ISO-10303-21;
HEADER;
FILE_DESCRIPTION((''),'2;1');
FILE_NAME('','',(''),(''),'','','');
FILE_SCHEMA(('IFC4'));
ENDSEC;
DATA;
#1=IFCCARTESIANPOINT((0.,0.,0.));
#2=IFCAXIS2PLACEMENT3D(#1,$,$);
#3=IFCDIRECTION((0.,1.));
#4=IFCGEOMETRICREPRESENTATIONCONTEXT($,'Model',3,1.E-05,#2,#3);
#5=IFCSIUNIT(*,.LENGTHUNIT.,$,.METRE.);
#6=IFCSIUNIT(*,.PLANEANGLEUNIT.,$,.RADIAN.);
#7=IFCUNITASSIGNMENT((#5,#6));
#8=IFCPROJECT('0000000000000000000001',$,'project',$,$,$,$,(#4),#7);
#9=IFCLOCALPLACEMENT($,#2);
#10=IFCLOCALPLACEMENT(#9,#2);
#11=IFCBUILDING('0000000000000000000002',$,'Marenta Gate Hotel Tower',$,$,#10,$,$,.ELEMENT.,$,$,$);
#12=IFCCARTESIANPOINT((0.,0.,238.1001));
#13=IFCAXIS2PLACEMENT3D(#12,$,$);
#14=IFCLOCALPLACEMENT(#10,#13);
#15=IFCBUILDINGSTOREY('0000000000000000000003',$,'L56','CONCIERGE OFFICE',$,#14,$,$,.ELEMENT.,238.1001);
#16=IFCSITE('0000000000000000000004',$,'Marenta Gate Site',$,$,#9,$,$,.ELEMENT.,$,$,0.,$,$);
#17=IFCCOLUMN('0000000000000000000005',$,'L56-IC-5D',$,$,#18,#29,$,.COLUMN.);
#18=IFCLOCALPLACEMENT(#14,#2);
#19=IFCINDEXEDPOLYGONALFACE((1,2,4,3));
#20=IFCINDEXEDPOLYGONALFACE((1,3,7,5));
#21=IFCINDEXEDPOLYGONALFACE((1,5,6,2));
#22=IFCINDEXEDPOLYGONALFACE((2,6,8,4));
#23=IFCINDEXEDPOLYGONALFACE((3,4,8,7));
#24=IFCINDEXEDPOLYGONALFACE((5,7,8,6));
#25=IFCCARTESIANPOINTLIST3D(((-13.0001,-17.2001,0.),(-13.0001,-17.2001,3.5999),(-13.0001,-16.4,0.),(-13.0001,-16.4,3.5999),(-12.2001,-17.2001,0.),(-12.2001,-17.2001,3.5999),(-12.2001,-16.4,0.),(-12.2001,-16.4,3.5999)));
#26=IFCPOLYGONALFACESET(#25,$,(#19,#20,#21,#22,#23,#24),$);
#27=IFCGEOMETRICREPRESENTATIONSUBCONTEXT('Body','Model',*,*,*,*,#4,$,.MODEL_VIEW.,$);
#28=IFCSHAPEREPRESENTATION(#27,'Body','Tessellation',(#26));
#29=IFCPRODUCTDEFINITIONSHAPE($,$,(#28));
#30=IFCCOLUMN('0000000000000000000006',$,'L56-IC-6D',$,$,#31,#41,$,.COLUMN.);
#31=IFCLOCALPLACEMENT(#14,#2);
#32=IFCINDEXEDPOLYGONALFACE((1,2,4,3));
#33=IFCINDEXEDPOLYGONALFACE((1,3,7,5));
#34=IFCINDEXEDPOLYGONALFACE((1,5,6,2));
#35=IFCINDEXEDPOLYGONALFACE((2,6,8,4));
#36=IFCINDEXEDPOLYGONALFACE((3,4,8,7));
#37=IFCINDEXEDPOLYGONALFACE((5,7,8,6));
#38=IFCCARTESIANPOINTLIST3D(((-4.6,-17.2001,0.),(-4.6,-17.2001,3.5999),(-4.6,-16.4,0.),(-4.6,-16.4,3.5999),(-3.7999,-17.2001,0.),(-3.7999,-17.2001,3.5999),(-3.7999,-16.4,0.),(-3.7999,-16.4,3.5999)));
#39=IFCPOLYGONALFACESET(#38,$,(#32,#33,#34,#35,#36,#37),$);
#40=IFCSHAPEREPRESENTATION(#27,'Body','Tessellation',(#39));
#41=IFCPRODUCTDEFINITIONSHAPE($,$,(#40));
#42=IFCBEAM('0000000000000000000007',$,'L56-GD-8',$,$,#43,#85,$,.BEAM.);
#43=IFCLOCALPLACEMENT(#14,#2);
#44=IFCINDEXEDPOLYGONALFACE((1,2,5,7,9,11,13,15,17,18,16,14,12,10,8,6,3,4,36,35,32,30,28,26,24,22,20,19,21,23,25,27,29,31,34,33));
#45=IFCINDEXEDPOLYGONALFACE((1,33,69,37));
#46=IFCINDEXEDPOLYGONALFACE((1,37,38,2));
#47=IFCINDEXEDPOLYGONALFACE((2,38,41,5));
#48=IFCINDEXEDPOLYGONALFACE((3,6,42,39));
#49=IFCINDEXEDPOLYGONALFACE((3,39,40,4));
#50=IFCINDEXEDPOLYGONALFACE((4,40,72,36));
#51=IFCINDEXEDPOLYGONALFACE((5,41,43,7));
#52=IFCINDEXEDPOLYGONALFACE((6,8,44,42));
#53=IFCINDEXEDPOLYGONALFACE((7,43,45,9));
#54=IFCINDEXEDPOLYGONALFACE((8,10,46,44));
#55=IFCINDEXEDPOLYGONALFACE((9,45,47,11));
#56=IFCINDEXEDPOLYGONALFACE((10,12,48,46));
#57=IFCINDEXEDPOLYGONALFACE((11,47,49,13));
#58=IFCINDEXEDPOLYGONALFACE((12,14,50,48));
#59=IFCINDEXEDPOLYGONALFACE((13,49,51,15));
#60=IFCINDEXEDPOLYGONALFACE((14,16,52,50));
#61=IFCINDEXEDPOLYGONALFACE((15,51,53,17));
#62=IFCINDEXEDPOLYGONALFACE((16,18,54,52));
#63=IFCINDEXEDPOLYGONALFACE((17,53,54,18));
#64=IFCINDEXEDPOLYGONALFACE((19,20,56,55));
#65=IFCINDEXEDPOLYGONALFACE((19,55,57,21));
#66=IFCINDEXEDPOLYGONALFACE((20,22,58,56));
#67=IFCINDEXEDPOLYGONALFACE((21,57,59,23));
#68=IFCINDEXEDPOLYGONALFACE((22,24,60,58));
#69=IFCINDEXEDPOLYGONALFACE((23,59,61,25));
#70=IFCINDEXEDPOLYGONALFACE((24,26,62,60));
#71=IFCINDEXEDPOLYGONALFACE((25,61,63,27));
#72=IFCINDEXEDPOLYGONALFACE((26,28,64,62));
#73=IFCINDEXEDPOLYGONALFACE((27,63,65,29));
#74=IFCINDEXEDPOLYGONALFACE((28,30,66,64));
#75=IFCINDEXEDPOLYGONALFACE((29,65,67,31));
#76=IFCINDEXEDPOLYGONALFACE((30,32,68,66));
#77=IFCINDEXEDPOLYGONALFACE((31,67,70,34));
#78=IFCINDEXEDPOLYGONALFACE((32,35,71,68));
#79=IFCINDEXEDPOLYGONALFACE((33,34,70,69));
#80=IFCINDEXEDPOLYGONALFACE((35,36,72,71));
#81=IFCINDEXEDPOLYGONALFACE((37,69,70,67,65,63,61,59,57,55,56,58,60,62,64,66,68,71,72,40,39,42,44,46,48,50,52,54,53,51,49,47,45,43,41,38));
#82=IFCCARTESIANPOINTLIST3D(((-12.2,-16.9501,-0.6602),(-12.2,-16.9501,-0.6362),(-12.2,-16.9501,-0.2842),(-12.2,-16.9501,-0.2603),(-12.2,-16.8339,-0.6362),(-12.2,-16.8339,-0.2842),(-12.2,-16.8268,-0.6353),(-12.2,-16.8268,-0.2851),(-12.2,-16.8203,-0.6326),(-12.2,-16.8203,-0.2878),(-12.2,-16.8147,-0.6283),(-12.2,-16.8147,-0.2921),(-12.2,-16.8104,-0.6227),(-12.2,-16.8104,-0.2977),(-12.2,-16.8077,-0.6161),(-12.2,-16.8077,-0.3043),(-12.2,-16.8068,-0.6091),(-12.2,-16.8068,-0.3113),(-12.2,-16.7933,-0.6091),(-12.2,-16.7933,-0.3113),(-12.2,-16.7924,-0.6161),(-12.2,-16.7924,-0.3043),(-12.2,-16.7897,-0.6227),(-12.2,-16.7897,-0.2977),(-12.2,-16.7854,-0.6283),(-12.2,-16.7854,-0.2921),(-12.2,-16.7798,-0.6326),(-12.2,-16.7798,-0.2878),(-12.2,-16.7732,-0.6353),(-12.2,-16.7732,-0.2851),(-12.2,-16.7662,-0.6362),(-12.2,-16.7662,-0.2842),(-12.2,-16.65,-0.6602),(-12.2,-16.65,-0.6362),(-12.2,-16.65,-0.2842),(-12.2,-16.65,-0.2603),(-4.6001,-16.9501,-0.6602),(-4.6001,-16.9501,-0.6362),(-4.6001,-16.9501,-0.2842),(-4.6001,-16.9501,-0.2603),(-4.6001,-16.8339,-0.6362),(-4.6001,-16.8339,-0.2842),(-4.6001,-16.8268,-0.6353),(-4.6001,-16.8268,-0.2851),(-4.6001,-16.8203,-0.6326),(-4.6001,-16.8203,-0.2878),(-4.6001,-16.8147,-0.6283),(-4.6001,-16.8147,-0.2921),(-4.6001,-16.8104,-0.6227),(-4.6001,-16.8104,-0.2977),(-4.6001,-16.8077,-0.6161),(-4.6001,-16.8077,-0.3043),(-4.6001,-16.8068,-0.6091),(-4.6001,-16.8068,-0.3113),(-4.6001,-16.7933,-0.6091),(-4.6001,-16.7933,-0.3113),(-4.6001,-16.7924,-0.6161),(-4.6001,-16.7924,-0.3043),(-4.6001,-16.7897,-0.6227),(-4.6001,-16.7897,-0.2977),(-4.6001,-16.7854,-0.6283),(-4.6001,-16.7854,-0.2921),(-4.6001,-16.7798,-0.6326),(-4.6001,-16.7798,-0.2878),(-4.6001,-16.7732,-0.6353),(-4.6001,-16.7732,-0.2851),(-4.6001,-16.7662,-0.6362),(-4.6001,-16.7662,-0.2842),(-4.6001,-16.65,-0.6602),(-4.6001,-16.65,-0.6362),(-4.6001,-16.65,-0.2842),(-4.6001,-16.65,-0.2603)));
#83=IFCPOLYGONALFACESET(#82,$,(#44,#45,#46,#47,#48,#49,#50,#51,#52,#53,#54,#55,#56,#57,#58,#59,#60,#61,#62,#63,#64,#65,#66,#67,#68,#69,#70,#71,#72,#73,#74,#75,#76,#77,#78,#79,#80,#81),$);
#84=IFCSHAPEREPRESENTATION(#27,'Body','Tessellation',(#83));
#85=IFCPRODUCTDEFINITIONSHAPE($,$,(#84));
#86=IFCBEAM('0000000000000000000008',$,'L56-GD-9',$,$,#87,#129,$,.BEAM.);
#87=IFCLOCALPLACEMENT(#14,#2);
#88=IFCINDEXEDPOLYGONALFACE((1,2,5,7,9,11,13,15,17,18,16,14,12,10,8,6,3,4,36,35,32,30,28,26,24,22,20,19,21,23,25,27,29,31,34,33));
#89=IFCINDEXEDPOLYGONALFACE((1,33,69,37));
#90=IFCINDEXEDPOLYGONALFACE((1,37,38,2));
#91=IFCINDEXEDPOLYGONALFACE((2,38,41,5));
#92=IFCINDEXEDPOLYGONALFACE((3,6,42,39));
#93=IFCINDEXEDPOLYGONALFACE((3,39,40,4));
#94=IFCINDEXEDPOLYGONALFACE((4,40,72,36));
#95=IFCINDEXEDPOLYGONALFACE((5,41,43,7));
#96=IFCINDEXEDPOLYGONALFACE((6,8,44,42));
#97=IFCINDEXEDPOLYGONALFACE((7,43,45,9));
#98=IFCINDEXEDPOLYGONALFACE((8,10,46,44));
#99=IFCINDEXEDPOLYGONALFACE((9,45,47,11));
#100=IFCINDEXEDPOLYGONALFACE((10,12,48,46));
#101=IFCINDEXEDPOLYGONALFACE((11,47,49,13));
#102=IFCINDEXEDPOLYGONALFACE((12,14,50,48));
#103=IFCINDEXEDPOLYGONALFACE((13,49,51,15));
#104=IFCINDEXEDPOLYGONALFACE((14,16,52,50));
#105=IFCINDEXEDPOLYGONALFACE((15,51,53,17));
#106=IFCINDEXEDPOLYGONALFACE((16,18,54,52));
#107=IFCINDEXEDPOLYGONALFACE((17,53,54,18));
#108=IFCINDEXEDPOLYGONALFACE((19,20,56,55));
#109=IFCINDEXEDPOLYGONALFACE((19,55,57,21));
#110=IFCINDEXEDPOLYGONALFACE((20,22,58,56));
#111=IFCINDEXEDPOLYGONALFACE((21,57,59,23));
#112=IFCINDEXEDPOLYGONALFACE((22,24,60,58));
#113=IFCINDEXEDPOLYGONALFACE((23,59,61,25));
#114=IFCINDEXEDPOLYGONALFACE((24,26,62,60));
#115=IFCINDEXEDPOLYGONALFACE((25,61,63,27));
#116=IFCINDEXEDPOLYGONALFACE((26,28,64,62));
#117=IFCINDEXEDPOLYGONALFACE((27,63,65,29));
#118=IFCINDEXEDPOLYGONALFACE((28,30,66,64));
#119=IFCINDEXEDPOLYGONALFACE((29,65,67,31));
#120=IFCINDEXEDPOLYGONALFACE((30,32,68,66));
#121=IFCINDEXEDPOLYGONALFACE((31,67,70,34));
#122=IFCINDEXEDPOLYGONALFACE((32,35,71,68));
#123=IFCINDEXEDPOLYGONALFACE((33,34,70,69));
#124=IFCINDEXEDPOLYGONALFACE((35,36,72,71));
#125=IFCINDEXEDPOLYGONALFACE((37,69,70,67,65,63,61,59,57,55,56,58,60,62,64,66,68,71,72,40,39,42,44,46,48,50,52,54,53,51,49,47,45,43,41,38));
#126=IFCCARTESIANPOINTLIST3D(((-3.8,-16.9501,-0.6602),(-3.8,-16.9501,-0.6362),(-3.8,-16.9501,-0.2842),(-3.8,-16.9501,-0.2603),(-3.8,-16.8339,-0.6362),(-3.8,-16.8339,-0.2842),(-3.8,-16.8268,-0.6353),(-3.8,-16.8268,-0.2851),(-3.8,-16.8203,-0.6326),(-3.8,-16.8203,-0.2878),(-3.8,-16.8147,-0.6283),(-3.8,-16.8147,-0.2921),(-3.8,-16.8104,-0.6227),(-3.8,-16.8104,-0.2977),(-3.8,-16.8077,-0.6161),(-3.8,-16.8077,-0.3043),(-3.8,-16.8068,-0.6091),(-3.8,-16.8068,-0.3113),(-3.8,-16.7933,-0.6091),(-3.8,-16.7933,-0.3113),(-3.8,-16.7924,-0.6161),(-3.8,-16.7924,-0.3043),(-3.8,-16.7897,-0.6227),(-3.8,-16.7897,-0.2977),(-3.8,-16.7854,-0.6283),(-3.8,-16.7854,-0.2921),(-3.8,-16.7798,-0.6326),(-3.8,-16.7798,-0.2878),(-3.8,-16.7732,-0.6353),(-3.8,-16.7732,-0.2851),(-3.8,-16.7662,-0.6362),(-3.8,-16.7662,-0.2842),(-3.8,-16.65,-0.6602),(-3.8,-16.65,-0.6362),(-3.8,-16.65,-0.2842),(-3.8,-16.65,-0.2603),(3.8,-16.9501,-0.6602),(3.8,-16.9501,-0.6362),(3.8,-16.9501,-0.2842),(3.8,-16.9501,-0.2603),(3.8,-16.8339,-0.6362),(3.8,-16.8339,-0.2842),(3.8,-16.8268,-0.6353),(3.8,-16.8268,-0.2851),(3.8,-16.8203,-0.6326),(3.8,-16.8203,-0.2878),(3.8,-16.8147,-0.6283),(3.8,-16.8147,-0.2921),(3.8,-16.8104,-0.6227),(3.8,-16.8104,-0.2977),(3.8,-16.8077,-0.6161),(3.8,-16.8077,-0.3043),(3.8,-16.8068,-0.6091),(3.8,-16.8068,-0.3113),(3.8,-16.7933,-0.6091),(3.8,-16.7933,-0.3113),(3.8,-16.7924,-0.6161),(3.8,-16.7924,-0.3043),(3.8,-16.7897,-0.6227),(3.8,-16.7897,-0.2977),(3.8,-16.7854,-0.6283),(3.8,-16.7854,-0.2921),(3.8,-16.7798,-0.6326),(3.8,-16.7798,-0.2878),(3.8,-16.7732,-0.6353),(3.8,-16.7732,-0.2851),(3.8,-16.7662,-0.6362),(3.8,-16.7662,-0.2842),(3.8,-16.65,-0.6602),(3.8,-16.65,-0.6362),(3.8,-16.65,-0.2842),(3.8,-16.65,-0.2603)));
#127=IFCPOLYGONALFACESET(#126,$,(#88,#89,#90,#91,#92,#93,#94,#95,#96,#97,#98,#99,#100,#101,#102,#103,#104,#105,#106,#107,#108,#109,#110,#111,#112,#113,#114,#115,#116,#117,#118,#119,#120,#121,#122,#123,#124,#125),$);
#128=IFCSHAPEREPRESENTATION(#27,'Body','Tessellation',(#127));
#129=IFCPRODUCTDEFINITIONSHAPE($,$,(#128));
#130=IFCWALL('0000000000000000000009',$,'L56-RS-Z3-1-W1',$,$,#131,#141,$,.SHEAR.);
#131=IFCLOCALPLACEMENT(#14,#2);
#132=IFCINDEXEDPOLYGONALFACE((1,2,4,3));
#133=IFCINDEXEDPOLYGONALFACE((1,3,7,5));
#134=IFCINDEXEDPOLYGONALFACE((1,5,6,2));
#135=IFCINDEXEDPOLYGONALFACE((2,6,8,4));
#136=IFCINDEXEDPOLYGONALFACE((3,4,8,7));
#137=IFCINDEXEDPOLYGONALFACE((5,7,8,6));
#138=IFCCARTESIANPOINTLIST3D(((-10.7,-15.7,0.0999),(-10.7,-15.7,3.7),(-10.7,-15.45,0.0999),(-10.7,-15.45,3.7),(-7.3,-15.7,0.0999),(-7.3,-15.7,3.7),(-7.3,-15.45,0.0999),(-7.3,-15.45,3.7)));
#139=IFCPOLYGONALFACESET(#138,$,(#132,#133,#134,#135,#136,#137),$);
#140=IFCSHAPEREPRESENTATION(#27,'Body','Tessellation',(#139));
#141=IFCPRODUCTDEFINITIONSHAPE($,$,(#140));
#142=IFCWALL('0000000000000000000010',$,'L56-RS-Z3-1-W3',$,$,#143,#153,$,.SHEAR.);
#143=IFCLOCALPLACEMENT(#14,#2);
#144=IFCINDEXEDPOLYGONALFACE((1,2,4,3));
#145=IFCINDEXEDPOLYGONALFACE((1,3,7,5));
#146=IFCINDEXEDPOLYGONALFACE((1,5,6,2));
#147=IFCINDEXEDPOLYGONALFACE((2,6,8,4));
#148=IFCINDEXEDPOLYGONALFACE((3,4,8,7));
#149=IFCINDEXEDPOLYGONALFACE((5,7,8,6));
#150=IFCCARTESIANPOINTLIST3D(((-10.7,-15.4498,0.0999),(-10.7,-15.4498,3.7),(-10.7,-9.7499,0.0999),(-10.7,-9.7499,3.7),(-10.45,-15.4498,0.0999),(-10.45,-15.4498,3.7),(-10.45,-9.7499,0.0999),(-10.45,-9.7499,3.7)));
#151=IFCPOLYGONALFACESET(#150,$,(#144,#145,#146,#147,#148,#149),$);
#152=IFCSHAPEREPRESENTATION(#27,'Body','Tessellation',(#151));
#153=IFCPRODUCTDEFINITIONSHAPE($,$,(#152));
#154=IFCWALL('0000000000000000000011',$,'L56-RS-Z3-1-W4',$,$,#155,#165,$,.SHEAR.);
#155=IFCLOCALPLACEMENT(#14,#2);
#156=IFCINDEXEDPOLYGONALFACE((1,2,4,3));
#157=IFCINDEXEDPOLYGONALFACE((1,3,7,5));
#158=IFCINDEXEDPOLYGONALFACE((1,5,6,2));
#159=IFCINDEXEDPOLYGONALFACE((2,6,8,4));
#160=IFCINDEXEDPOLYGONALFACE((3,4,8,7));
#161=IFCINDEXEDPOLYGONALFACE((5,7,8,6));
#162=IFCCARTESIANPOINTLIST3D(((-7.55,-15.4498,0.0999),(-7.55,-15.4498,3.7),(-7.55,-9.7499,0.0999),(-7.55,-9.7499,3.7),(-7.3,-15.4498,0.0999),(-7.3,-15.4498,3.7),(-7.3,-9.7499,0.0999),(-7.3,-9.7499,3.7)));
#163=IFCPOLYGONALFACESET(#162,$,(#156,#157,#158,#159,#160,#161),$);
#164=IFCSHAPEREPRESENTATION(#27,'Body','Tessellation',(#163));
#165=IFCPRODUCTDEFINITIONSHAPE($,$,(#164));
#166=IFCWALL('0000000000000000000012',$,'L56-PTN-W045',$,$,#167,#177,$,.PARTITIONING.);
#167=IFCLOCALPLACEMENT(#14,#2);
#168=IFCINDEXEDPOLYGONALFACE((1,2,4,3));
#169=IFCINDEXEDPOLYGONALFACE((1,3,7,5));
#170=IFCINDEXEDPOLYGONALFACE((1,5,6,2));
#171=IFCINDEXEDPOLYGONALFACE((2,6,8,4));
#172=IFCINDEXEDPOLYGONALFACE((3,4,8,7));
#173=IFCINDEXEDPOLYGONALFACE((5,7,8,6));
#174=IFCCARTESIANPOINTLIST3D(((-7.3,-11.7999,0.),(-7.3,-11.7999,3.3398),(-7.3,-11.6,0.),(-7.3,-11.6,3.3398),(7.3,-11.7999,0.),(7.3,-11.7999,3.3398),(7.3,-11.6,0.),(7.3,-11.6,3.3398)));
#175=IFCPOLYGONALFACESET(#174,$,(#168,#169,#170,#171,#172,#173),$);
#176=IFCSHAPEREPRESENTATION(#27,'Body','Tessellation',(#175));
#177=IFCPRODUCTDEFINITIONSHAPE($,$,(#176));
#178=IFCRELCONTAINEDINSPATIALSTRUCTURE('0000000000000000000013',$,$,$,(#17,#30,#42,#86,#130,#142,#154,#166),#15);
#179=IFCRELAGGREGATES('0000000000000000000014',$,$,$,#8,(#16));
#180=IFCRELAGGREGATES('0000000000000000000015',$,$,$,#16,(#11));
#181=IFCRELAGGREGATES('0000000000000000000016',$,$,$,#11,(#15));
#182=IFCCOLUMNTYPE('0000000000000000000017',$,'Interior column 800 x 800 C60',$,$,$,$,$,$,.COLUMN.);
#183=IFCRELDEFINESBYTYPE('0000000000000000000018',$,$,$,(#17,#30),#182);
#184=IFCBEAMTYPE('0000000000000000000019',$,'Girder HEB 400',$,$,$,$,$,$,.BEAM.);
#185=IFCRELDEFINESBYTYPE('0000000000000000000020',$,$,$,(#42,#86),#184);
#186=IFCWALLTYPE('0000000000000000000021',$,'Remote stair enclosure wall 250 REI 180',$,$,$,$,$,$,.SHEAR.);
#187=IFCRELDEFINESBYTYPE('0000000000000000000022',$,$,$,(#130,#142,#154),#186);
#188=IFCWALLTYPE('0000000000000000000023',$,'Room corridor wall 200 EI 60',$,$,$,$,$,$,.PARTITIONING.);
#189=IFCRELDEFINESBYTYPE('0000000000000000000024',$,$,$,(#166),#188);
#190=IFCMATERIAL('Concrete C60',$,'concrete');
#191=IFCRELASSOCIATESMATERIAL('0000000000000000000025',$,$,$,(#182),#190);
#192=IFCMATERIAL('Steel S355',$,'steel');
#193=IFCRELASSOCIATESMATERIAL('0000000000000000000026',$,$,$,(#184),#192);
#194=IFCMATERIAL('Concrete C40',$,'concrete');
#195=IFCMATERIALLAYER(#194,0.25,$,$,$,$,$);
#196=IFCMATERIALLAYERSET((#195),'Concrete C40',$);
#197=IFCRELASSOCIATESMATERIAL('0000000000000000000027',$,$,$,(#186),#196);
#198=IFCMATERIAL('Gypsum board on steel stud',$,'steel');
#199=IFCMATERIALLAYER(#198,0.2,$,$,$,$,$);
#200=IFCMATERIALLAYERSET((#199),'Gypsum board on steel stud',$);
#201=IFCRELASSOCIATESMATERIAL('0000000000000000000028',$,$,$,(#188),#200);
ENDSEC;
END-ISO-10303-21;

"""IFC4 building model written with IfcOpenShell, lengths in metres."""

from ifc_helpers import new_model, si_unit, direction, frame, frame_2d, origin, origin_2d, place, context, subcontext, project, spatial, rectangle, i_section, extrude, material, layer, layer_set, material_profile, profile_set, type_object, element, save


model = new_model("IFC4")

# Units and contexts
model_context = context("Model", 3, precision=1e-05, world=origin(), true_north=direction((0.0, 1.0)))
body_context = subcontext(model_context, "Body", "Model", "MODEL_VIEW")
ifc_project = project(units=[si_unit("LENGTHUNIT", "METRE"), si_unit("PLANEANGLEUNIT", "RADIAN")], contexts=[model_context])

# Site, building, storey
site_placement = place(None, origin())
site = spatial("IfcSite", under=ifc_project, at=site_placement, Name="Marenta Gate Site", CompositionType="ELEMENT", RefElevation=0.0)
building_placement = place(site_placement, origin())
building = spatial("IfcBuilding", under=site, at=building_placement, Name="Marenta Gate Hotel Tower", CompositionType="ELEMENT")
storey_placement = place(building_placement, frame((0.0, 0.0, 238.1001)))
storey = spatial("IfcBuildingStorey", under=building, at=storey_placement, Name="L56", Description="CONCIERGE OFFICE", CompositionType="ELEMENT", Elevation=238.1001)

# Columns
ifc_material_1 = material(Name="Concrete C60", Category="concrete")
ifc_material_profile_1 = material_profile(ifc_material_1, rectangle(XDim=0.8, YDim=0.8, at=origin_2d()), Name="800 x 800")
ifc_profile_set_1 = profile_set([ifc_material_profile_1], Name="Concrete C60")
column_type = type_object("IfcColumnType", Name="Interior column 800 x 800 C60", PredefinedType="COLUMN", material=ifc_profile_set_1)
for number, where, z_axis, x_axis, name in (
    (1, (-12.6001, -16.8, 0.0), (0.0, 0.0, 1.0), (1.0, 0.0, 0.0), "L56-IC-5D"),
    (2, (-4.2, -16.8, 0.0), (0.0, 0.0, 1.0), (1.0, 0.0, 0.0), "L56-IC-6D"),
):
    element("IfcColumn", number, at=place(storey_placement, frame(where, z_axis=z_axis, x_axis=x_axis)), inside=storey, type_object=column_type, Name=name, PredefinedType="COLUMN", context=body_context, shape_type="SweptSolid", body=[
        extrude(rectangle(XDim=0.8, YDim=0.8, at=origin_2d()), origin(), (0.0, 0.0, 1.0), 3.5999),
    ])

# Beams
ifc_material_2 = material(Name="Steel S355", Category="steel")
ifc_material_profile_2 = material_profile(ifc_material_2, i_section(OverallWidth=0.3, OverallDepth=0.3999, WebThickness=0.0134, FlangeThickness=0.0239, FilletRadius=0.0271, at=origin_2d()), Name="HEB 400")
ifc_profile_set_2 = profile_set([ifc_material_profile_2], Name="Steel S355")
beam_type = type_object("IfcBeamType", Name="Girder HEB 400", PredefinedType="BEAM", material=ifc_profile_set_2)
beam_1_placement = place(storey_placement, frame((-12.2, -16.8, -0.4602), z_axis=(1.0, 0.0, 0.0), x_axis=(0.0, 1.0, 0.0)))
element("IfcBeam", 3, at=beam_1_placement, inside=storey, type_object=beam_type, Name="L56-GD-8", PredefinedType="BEAM", context=body_context, shape_type="SweptSolid", body=[
    extrude(i_section(OverallWidth=0.3, OverallDepth=0.3999, WebThickness=0.0134, FlangeThickness=0.0239, FilletRadius=0.0271, at=origin_2d()), origin(), (0.0, 0.0, 1.0), 7.5999),
])
beam_2_placement = place(storey_placement, frame((-3.8, -16.8, -0.4602), z_axis=(1.0, 0.0, 0.0), x_axis=(0.0, 1.0, 0.0)))
element("IfcBeam", 4, at=beam_2_placement, inside=storey, type_object=beam_type, Name="L56-GD-9", PredefinedType="BEAM", context=body_context, shape_type="SweptSolid", body=[
    extrude(i_section(OverallWidth=0.3, OverallDepth=0.3999, WebThickness=0.0134, FlangeThickness=0.0239, FilletRadius=0.0271, at=origin_2d()), origin(), (0.0, 0.0, 1.0), 7.6001),
])

# Walls
ifc_material_3 = material(Name="Concrete C40", Category="concrete")
ifc_layer_1 = layer(ifc_material_3, 0.25)
ifc_layer_set_1 = layer_set([ifc_layer_1], Name="Concrete C40")
wall_type_1 = type_object("IfcWallType", Name="Remote stair enclosure wall 250 REI 180", PredefinedType="SHEAR", material=ifc_layer_set_1)
wall_1_placement = place(storey_placement, frame((-10.7, -15.575, 0.0999), z_axis=(0.0, 0.0, 1.0), x_axis=(1.0, 0.0, 0.0)))
element("IfcWall", 5, at=wall_1_placement, inside=storey, type_object=wall_type_1, Name="L56-RS-Z3-1-W1", PredefinedType="SHEAR", context=body_context, shape_type="SweptSolid", body=[
    extrude(rectangle(XDim=3.3999, YDim=0.25, at=frame_2d((1.7, 0.0))), origin(), (0.0, 0.0, 1.0), 3.6001),
])
for number, where, z_axis, x_axis, name in (
    (6, (-10.575, -15.45, 0.0999), (0.0, 0.0, 1.0), (0.0, 1.0, 0.0), "L56-RS-Z3-1-W3"),
    (7, (-7.425, -15.45, 0.0999), (0.0, 0.0, 1.0), (0.0, 1.0, 0.0), "L56-RS-Z3-1-W4"),
):
    element("IfcWall", number, at=place(storey_placement, frame(where, z_axis=z_axis, x_axis=x_axis)), inside=storey, type_object=wall_type_1, Name=name, PredefinedType="SHEAR", context=body_context, shape_type="SweptSolid", body=[
        extrude(rectangle(XDim=5.7, YDim=0.25, at=frame_2d((2.8501, 0.0))), origin(), (0.0, 0.0, 1.0), 3.6001),
    ])

# Shared definitions
ifc_material_4 = material(Name="Gypsum board on steel stud", Category="steel")
ifc_layer_2 = layer(ifc_material_4, 0.2)
ifc_layer_set_2 = layer_set([ifc_layer_2], Name="Gypsum board on steel stud")
wall_type_2 = type_object("IfcWallType", Name="Room corridor wall 200 EI 60", PredefinedType="PARTITIONING", material=ifc_layer_set_2)

# Wall
wall_2_placement = place(storey_placement, frame((-7.3, -11.7, 0.0), z_axis=(0.0, 0.0, 1.0), x_axis=(1.0, 0.0, 0.0)))
element("IfcWall", 8, at=wall_2_placement, inside=storey, type_object=wall_type_2, Name="L56-PTN-W045", PredefinedType="PARTITIONING", context=body_context, shape_type="SweptSolid", body=[
    extrude(rectangle(XDim=14.6001, YDim=0.2, at=frame_2d((7.3, 0.0))), origin(), (0.0, 0.0, 1.0), 3.3398),
])

save(model, "model.ifc")
